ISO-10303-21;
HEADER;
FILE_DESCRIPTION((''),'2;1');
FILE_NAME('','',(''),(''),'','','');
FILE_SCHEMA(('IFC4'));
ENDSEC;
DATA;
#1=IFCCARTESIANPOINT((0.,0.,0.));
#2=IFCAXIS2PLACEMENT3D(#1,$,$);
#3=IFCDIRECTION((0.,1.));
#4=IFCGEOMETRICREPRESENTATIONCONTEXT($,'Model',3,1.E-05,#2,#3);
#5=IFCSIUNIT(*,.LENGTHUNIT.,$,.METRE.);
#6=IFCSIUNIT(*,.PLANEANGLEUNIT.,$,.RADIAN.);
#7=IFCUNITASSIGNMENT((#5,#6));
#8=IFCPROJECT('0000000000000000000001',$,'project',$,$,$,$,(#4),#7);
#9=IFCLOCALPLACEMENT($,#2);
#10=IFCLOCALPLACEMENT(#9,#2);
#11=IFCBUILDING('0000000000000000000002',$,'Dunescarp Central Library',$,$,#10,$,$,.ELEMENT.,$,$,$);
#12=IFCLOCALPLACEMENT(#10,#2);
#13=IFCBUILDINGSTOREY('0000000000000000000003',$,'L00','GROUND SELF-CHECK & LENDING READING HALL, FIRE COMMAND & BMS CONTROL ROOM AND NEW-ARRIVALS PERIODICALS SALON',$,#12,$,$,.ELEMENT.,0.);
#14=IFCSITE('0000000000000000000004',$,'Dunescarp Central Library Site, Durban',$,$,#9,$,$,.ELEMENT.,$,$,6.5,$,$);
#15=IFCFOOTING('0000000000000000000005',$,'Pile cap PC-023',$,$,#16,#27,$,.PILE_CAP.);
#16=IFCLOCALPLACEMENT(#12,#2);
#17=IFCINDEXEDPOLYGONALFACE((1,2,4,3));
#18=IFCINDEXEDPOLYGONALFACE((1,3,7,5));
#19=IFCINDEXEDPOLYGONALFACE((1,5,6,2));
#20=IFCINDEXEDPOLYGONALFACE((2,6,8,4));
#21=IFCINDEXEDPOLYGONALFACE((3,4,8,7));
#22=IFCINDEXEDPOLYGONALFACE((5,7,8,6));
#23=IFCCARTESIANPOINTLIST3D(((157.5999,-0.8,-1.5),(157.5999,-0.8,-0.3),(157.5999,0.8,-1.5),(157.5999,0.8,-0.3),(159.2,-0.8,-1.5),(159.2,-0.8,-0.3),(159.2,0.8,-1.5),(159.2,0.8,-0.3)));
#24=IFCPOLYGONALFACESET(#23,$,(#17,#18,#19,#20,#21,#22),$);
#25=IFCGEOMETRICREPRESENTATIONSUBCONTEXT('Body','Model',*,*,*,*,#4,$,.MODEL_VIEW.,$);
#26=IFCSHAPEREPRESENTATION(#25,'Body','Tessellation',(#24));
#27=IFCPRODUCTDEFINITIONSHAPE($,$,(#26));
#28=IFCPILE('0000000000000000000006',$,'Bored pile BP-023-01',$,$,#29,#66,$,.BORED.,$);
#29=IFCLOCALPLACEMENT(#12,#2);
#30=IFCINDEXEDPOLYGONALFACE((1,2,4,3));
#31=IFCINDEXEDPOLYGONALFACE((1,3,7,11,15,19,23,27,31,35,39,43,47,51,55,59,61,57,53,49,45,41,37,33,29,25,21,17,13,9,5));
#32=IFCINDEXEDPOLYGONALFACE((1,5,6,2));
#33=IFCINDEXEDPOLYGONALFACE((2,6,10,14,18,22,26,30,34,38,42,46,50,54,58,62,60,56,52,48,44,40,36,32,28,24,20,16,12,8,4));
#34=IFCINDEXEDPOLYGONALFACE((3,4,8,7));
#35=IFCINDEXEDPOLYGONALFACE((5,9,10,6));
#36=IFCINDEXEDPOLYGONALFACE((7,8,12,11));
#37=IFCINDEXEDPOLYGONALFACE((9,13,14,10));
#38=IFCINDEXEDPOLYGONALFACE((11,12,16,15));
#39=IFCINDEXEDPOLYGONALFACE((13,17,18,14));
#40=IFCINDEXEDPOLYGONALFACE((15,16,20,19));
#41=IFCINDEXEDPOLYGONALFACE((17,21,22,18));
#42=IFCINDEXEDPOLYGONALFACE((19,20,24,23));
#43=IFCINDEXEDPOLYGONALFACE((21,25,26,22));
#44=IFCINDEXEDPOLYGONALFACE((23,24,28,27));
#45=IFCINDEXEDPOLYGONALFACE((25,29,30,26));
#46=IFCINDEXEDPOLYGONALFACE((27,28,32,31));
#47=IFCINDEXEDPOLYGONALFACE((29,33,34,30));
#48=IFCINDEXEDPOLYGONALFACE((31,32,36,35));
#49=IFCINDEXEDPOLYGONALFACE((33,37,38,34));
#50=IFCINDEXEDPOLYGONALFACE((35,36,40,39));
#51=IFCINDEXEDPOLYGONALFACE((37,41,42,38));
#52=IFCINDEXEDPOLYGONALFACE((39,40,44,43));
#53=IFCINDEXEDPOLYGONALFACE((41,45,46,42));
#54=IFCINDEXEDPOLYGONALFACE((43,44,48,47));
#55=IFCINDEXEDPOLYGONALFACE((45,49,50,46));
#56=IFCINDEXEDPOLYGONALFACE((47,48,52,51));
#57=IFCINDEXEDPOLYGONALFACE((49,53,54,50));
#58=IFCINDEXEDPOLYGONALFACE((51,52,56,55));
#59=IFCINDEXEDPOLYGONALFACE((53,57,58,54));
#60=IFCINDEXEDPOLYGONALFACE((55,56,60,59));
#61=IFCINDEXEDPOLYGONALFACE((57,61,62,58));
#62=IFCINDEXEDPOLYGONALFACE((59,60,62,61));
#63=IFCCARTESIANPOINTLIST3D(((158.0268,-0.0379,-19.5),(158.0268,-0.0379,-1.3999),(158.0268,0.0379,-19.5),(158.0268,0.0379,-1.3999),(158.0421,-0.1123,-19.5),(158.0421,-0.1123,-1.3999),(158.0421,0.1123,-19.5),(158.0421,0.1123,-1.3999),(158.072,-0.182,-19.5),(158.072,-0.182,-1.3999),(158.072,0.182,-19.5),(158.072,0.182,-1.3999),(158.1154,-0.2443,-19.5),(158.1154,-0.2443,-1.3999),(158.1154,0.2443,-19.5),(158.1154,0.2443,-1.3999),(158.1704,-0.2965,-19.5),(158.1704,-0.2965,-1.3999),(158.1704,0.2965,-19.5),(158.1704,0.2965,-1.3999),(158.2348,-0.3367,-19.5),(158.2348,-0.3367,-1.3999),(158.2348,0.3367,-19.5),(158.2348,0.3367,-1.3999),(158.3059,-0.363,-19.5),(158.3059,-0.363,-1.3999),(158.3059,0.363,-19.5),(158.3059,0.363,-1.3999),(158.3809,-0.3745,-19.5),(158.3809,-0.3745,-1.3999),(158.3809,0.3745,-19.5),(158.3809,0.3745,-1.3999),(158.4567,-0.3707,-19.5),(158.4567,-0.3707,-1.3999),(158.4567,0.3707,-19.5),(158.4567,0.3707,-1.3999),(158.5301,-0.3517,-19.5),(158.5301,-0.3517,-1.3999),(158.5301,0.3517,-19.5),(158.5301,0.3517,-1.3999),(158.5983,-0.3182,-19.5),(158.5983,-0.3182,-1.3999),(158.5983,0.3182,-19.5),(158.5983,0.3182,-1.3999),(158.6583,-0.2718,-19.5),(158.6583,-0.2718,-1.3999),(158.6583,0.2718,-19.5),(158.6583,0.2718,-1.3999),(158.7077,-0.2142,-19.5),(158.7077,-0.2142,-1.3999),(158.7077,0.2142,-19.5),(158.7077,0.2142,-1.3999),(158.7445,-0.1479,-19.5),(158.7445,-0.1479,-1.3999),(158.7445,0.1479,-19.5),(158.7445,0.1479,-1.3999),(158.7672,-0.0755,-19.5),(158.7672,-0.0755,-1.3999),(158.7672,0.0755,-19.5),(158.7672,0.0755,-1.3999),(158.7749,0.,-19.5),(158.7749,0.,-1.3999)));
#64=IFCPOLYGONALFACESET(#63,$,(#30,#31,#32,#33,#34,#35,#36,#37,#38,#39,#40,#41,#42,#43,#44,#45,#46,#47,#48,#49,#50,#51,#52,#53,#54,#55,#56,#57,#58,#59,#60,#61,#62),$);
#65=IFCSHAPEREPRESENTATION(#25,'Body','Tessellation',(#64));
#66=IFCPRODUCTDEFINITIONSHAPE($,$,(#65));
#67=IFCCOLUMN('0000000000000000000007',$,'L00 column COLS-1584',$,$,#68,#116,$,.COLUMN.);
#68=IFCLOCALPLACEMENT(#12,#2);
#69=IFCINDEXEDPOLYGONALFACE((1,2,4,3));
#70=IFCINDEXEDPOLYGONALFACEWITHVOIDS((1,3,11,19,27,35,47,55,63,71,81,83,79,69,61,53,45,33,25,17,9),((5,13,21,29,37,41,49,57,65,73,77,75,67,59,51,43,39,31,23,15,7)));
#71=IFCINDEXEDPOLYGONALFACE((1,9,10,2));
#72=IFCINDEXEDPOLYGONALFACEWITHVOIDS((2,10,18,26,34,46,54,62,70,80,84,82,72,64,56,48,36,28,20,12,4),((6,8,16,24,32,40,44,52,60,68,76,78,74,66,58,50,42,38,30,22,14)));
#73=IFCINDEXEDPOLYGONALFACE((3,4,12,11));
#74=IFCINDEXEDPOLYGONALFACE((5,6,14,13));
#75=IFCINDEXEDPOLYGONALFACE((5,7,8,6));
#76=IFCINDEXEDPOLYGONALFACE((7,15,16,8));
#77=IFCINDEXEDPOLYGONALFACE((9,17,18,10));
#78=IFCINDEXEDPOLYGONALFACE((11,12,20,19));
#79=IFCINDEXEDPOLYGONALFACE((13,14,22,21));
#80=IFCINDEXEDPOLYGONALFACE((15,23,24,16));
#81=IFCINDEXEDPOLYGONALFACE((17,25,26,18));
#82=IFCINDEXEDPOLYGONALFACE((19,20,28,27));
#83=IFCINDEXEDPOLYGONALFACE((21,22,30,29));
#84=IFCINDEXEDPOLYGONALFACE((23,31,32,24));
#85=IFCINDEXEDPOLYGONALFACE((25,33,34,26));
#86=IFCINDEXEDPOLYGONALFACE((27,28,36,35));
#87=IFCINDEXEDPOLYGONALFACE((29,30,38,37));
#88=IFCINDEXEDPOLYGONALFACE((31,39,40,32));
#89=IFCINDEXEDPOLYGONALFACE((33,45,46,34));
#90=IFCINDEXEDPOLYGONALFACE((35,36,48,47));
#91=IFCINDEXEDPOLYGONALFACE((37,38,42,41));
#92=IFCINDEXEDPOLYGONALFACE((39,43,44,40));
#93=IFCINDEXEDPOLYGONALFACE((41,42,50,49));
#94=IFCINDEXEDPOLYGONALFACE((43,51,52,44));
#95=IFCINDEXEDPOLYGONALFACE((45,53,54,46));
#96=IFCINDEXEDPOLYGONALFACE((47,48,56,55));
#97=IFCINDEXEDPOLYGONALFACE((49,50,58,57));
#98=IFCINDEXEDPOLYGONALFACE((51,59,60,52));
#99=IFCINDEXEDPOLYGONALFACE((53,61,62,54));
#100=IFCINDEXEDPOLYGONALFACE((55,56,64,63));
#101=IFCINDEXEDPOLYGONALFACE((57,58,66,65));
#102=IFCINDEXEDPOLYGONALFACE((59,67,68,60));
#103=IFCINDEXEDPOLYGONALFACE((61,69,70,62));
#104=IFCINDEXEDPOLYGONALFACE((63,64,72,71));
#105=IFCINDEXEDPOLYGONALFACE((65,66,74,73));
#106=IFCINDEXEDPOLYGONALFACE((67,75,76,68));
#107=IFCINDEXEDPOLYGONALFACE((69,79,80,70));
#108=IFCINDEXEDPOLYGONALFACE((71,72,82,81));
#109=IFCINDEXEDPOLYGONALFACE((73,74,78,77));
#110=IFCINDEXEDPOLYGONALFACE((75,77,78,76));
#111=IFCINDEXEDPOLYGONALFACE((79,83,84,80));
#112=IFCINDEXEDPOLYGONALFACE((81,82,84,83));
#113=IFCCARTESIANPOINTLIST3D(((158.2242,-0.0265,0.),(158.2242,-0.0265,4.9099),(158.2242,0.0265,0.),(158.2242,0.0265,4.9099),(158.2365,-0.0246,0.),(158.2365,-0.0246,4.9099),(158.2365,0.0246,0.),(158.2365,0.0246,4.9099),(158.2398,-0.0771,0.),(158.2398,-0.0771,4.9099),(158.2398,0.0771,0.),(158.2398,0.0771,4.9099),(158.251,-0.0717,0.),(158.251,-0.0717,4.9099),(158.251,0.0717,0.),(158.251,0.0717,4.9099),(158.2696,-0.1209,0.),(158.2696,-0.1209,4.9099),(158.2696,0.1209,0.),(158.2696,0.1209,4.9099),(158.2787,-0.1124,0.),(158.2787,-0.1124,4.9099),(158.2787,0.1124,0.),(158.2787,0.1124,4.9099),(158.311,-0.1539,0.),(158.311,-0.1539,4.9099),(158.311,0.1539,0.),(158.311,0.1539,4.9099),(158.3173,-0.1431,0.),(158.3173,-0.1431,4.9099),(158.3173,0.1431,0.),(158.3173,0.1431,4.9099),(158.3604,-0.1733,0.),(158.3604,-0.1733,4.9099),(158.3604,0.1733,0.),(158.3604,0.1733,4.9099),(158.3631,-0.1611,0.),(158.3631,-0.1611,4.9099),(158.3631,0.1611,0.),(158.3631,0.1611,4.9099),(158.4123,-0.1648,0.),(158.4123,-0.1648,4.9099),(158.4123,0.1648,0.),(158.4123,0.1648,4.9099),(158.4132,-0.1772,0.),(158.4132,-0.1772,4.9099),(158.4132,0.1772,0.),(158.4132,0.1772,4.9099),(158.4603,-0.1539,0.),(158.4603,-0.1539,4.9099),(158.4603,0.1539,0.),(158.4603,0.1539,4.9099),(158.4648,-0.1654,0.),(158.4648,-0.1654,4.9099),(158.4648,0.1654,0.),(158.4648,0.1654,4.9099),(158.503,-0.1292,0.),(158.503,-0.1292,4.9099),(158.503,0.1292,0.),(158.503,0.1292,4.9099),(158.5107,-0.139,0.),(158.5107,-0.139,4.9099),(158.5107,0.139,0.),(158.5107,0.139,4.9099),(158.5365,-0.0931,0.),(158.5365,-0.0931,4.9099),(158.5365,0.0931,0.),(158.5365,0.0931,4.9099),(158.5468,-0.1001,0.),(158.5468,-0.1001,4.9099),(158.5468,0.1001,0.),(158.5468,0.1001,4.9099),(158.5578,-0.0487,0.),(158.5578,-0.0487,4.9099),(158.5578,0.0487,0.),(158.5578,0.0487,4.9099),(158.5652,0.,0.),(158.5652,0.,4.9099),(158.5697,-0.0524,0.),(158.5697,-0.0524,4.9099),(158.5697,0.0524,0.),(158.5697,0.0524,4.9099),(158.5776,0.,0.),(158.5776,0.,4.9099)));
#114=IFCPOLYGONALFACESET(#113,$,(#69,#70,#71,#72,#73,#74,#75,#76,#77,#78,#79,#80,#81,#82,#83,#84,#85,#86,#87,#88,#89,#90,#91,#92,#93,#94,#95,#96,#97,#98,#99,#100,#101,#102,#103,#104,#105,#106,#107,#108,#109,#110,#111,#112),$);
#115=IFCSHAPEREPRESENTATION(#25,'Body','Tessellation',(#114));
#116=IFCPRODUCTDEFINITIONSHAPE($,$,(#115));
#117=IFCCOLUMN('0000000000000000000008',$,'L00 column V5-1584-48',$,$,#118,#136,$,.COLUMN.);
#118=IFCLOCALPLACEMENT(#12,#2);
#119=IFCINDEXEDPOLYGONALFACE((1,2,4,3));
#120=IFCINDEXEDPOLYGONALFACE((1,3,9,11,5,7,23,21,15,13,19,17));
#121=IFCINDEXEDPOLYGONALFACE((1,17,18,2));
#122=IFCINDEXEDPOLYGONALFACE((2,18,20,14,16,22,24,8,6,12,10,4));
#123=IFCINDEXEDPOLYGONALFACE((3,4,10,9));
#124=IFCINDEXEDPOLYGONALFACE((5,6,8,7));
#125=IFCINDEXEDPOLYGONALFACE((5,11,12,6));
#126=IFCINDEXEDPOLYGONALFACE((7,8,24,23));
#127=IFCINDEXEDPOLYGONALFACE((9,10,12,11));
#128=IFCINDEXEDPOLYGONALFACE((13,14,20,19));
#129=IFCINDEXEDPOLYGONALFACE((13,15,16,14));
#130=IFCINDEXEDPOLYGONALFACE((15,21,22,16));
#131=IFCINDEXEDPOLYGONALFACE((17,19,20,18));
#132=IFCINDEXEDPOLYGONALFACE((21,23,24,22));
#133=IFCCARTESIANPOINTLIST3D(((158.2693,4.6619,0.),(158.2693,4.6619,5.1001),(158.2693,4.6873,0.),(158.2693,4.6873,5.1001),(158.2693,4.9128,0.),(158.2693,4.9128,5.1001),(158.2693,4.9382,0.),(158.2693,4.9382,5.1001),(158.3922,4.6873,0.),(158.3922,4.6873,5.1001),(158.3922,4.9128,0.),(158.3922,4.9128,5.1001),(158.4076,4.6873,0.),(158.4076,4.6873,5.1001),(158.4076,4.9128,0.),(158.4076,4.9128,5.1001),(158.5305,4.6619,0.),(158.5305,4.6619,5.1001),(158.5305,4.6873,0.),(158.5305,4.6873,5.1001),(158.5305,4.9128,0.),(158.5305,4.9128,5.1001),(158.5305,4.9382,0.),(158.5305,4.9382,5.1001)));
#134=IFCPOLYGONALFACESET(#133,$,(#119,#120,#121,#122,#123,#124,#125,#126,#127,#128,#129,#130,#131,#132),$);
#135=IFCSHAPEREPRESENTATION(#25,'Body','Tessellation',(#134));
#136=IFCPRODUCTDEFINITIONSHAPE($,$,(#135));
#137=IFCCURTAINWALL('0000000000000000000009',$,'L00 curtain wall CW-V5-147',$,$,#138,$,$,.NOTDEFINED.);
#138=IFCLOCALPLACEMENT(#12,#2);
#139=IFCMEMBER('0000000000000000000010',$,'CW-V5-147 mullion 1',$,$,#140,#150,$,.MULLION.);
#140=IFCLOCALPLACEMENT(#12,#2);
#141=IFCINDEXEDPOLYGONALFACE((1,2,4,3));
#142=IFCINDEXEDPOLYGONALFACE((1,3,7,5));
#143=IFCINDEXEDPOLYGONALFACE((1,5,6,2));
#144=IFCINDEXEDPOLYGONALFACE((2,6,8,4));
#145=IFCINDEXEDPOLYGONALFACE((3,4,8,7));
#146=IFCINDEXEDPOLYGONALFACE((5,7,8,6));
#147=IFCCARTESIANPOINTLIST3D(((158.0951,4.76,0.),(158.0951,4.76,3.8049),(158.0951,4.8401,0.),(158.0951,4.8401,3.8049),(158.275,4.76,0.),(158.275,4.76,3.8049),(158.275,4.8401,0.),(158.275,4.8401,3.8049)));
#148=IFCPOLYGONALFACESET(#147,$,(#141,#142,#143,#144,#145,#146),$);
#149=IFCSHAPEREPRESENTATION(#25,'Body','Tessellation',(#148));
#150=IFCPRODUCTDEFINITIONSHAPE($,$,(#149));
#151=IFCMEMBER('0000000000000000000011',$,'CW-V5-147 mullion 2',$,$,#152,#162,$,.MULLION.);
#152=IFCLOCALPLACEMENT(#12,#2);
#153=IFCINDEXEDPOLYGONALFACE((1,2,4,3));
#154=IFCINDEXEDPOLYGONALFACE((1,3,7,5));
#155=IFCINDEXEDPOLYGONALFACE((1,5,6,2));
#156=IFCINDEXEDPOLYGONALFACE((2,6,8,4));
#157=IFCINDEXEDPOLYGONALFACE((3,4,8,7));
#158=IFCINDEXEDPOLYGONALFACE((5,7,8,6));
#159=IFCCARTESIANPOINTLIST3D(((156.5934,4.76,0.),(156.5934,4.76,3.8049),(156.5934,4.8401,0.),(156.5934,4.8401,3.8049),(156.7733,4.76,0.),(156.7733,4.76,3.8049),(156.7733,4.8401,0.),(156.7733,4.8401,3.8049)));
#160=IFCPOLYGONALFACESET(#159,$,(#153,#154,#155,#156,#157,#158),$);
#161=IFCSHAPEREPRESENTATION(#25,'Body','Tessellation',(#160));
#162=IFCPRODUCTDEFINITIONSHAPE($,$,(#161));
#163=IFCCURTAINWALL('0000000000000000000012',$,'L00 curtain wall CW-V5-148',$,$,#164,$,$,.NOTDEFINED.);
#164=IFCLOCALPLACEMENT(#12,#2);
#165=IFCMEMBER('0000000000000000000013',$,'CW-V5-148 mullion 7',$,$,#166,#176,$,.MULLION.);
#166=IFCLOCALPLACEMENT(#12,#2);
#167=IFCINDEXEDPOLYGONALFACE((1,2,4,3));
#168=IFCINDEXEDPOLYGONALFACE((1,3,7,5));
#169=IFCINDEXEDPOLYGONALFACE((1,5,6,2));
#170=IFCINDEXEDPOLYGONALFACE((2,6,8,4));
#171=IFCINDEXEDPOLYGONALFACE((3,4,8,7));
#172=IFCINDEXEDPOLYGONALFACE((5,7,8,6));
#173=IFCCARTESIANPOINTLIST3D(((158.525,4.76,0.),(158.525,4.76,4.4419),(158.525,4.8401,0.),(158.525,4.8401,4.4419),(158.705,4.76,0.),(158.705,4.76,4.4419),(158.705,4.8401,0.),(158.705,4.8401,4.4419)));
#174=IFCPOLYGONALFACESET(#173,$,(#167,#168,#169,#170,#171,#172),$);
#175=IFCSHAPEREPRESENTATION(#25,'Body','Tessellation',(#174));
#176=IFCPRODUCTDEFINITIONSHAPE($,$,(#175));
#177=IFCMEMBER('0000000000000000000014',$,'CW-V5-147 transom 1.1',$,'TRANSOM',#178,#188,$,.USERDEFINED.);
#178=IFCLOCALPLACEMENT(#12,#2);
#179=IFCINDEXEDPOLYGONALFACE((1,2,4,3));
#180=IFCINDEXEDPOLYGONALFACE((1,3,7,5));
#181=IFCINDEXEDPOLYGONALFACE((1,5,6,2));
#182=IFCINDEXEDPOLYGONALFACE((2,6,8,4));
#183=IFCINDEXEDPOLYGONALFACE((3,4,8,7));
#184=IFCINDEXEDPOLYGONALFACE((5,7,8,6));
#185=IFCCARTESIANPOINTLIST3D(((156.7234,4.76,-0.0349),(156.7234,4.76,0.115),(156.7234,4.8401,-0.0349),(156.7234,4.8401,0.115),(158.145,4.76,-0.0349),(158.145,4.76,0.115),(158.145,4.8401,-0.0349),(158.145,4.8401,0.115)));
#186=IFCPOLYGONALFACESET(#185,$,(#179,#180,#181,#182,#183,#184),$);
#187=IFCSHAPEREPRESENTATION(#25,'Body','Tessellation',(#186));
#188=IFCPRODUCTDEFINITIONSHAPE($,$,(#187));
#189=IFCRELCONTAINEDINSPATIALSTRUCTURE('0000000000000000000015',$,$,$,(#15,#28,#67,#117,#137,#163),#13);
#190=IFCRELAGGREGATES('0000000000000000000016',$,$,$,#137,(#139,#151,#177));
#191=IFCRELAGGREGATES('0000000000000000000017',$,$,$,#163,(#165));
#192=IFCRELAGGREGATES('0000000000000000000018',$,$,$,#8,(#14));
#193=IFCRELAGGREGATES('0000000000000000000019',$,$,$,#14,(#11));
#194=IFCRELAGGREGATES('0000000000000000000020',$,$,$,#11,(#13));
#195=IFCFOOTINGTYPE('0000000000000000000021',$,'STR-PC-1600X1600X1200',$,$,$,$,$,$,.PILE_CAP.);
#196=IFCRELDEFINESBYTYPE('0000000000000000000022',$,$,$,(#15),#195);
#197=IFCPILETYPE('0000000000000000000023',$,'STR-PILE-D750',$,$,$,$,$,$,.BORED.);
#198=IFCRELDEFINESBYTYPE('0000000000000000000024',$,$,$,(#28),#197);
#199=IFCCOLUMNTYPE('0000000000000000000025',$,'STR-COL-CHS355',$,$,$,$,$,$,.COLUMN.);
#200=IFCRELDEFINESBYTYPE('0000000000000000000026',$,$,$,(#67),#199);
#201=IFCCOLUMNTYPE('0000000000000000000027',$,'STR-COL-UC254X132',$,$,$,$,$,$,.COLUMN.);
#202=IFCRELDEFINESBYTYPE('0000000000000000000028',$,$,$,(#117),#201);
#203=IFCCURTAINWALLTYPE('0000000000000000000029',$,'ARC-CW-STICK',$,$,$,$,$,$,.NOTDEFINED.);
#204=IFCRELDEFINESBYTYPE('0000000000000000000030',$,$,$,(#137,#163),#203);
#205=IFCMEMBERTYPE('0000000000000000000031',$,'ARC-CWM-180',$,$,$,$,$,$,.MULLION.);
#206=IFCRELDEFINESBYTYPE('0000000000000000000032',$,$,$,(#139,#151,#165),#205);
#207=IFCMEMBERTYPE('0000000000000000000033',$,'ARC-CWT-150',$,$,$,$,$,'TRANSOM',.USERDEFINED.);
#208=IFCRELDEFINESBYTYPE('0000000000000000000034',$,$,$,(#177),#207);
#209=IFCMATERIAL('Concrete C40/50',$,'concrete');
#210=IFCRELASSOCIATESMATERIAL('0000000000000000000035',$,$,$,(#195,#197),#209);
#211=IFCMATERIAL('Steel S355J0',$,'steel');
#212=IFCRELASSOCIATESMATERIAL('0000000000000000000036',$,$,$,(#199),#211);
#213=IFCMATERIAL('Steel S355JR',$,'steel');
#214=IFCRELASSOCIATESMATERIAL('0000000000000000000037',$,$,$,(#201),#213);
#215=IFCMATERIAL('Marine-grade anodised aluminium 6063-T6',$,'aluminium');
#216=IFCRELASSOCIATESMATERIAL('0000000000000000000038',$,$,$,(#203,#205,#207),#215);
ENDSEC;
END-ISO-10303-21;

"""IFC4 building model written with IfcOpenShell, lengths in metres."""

from ifc_helpers import new_model, si_unit, direction, frame, origin, origin_2d, place, context, subcontext, project, spatial, rectangle, circle, hollow_circle, i_section, extrude, material, material_profile, profile_set, type_object, element, aggregate, save


model = new_model("IFC4")

# Units and contexts
model_context = context("Model", 3, precision=1e-05, world=origin(), true_north=direction((0.0, 1.0)))
body_context = subcontext(model_context, "Body", "Model", "MODEL_VIEW")
ifc_project = project(units=[si_unit("LENGTHUNIT", "METRE"), si_unit("PLANEANGLEUNIT", "RADIAN")], contexts=[model_context])

# Site, building, storey
site_placement = place(None, origin())
site = spatial("IfcSite", under=ifc_project, at=site_placement, Name="Dunescarp Central Library Site, Durban", CompositionType="ELEMENT", RefElevation=6.5)
building_placement = place(site_placement, origin())
building = spatial("IfcBuilding", under=site, at=building_placement, Name="Dunescarp Central Library", CompositionType="ELEMENT")
storey_placement = place(building_placement, origin())
storey = spatial("IfcBuildingStorey", under=building, at=storey_placement, Name="L00", Description="GROUND SELF-CHECK & LENDING READING HALL, FIRE COMMAND & BMS CONTROL ROOM AND NEW-ARRIVALS PERIODICALS SALON", CompositionType="ELEMENT", Elevation=0.0)

# Footing
ifc_material_1 = material(Name="Concrete C40/50", Category="concrete")
footing_type = type_object("IfcFootingType", Name="STR-PC-1600X1600X1200", PredefinedType="PILE_CAP", material=ifc_material_1)
footing_placement = place(storey_placement, frame((158.3999, 0.0, -1.5), z_axis=(0.0, 0.0, 1.0), x_axis=(1.0, 0.0, 0.0)))
element("IfcFooting", 1, at=footing_placement, inside=storey, type_object=footing_type, Name="Pile cap PC-023", PredefinedType="PILE_CAP", context=body_context, shape_type="SweptSolid", body=[
    extrude(rectangle(XDim=1.6001, YDim=1.6001, at=origin_2d()), origin(), (0.0, 0.0, 1.0), 1.2),
])

# Pile
ifc_material_profile_1 = material_profile(ifc_material_1, circle(Radius=0.375, at=origin_2d()), Name="PILE D750")
ifc_profile_set_1 = profile_set([ifc_material_profile_1], Name="Concrete C40/50")
pile_type = type_object("IfcPileType", Name="STR-PILE-D750", PredefinedType="BORED", material=ifc_profile_set_1)
pile_placement = place(storey_placement, frame((158.3999, 0.0, -1.3999), z_axis=(0.0, 0.0, -1.0), x_axis=(1.0, 0.0, 0.0)))
element("IfcPile", 2, at=pile_placement, inside=storey, type_object=pile_type, Name="Bored pile BP-023-01", PredefinedType="BORED", context=body_context, shape_type="SweptSolid", body=[
    extrude(circle(Radius=0.375, at=origin_2d()), origin(), (0.0, 0.0, 1.0), 18.1001),
])

# Columns
ifc_material_2 = material(Name="Steel S355J0", Category="steel")
ifc_material_profile_2 = material_profile(ifc_material_2, hollow_circle(Radius=0.1777, WallThickness=0.0125, at=origin_2d()), Name="CHS 355.6x12.5")
ifc_profile_set_2 = profile_set([ifc_material_profile_2], Name="Steel S355J0")
column_type_1 = type_object("IfcColumnType", Name="STR-COL-CHS355", PredefinedType="COLUMN", material=ifc_profile_set_2)
column_1_placement = place(storey_placement, frame((158.3999, 0.0, 0.0), z_axis=(0.0, 0.0, 1.0), x_axis=(1.0, 0.0, 0.0)))
element("IfcColumn", 3, at=column_1_placement, inside=storey, type_object=column_type_1, Name="L00 column COLS-1584", PredefinedType="COLUMN", context=body_context, shape_type="SweptSolid", body=[
    extrude(hollow_circle(Radius=0.1777, WallThickness=0.0125, at=origin_2d()), origin(), (0.0, 0.0, 1.0), 4.9099),
])
ifc_material_3 = material(Name="Steel S355JR", Category="steel")
ifc_material_profile_3 = material_profile(ifc_material_3, i_section(OverallWidth=0.2612, OverallDepth=0.2764, WebThickness=0.0154, FlangeThickness=0.0254, at=origin_2d()), Name="UC 254x254x132")
ifc_profile_set_3 = profile_set([ifc_material_profile_3], Name="Steel S355JR")
column_type_2 = type_object("IfcColumnType", Name="STR-COL-UC254X132", PredefinedType="COLUMN", material=ifc_profile_set_3)
column_2_placement = place(storey_placement, frame((158.3999, 4.8, 0.0), z_axis=(0.0, 0.0, 1.0), x_axis=(1.0, 0.0, 0.0)))
element("IfcColumn", 4, at=column_2_placement, inside=storey, type_object=column_type_2, Name="L00 column V5-1584-48", PredefinedType="COLUMN", context=body_context, shape_type="SweptSolid", body=[
    extrude(i_section(OverallWidth=0.2612, OverallDepth=0.2764, WebThickness=0.0154, FlangeThickness=0.0254, at=origin_2d()), origin(), (0.0, 0.0, 1.0), 5.1001),
])

# Curtain wall, members
ifc_material_4 = material(Name="Marine-grade anodised aluminium 6063-T6", Category="aluminium")
curtain_wall_type = type_object("IfcCurtainWallType", Name="ARC-CW-STICK", PredefinedType="NOTDEFINED", material=ifc_material_4)
curtain_wall_1_placement = place(storey_placement, origin())
curtain_wall_1 = element("IfcCurtainWall", 5, at=curtain_wall_1_placement, inside=storey, type_object=curtain_wall_type, Name="L00 curtain wall CW-V5-147", PredefinedType="NOTDEFINED")
ifc_material_profile_4 = material_profile(ifc_material_4, rectangle(XDim=0.0801, YDim=0.1799, at=origin_2d()), Name="AL 80x180")
ifc_profile_set_4 = profile_set([ifc_material_profile_4], Name="Marine-grade anodised aluminium 6063-T6")
member_type_1 = type_object("IfcMemberType", Name="ARC-CWM-180", PredefinedType="MULLION", material=ifc_profile_set_4)
member_1_placement = place(storey_placement, frame((158.1851, 4.8, 0.0), z_axis=(0.0, 0.0, 1.0), x_axis=(0.0, -1.0, 0.0)))
member_1 = element("IfcMember", 6, at=member_1_placement, type_object=member_type_1, Name="CW-V5-147 mullion 1", PredefinedType="MULLION", context=body_context, shape_type="SweptSolid", body=[
    extrude(rectangle(XDim=0.0801, YDim=0.1799, at=origin_2d()), origin(), (0.0, 0.0, 1.0), 3.8049),
])
member_2_placement = place(storey_placement, frame((156.6833, 4.8, 0.0), z_axis=(0.0, 0.0, 1.0), x_axis=(0.0, -1.0, 0.0)))
member_2 = element("IfcMember", 7, at=member_2_placement, type_object=member_type_1, Name="CW-V5-147 mullion 2", PredefinedType="MULLION", context=body_context, shape_type="SweptSolid", body=[
    extrude(rectangle(XDim=0.0801, YDim=0.1799, at=origin_2d()), origin(), (0.0, 0.0, 1.0), 3.8049),
])

# Curtain wall, member
curtain_wall_2_placement = place(storey_placement, origin())
curtain_wall_2 = element("IfcCurtainWall", 8, at=curtain_wall_2_placement, inside=storey, type_object=curtain_wall_type, Name="L00 curtain wall CW-V5-148", PredefinedType="NOTDEFINED")
member_3_placement = place(storey_placement, frame((158.615, 4.8, 0.0), z_axis=(0.0, 0.0, 1.0), x_axis=(0.0, -1.0, 0.0)))
member_3 = element("IfcMember", 9, at=member_3_placement, type_object=member_type_1, Name="CW-V5-148 mullion 7", PredefinedType="MULLION", context=body_context, shape_type="SweptSolid", body=[
    extrude(rectangle(XDim=0.0801, YDim=0.1799, at=origin_2d()), origin(), (0.0, 0.0, 1.0), 4.4419),
])

# Member
ifc_material_profile_5 = material_profile(ifc_material_4, rectangle(XDim=0.0801, YDim=0.1499, at=origin_2d()), Name="AL 80x150")
ifc_profile_set_5 = profile_set([ifc_material_profile_5], Name="Marine-grade anodised aluminium 6063-T6")
member_type_2 = type_object("IfcMemberType", Name="ARC-CWT-150", ElementType="TRANSOM", PredefinedType="USERDEFINED", material=ifc_profile_set_5)
member_4_placement = place(storey_placement, frame((158.145, 4.8, 0.04), z_axis=(-1.0, 0.0, 0.0), x_axis=(0.0, -1.0, 0.0)))
member_4 = element("IfcMember", 10, at=member_4_placement, type_object=member_type_2, Name="CW-V5-147 transom 1.1", ObjectType="TRANSOM", PredefinedType="USERDEFINED", context=body_context, shape_type="SweptSolid", body=[
    extrude(rectangle(XDim=0.0801, YDim=0.1499, at=origin_2d()), origin(), (0.0, 0.0, 1.0), 1.4216),
])

aggregate(curtain_wall_1, [member_1, member_2, member_4])
aggregate(curtain_wall_2, [member_3])

save(model, "model.ifc")
